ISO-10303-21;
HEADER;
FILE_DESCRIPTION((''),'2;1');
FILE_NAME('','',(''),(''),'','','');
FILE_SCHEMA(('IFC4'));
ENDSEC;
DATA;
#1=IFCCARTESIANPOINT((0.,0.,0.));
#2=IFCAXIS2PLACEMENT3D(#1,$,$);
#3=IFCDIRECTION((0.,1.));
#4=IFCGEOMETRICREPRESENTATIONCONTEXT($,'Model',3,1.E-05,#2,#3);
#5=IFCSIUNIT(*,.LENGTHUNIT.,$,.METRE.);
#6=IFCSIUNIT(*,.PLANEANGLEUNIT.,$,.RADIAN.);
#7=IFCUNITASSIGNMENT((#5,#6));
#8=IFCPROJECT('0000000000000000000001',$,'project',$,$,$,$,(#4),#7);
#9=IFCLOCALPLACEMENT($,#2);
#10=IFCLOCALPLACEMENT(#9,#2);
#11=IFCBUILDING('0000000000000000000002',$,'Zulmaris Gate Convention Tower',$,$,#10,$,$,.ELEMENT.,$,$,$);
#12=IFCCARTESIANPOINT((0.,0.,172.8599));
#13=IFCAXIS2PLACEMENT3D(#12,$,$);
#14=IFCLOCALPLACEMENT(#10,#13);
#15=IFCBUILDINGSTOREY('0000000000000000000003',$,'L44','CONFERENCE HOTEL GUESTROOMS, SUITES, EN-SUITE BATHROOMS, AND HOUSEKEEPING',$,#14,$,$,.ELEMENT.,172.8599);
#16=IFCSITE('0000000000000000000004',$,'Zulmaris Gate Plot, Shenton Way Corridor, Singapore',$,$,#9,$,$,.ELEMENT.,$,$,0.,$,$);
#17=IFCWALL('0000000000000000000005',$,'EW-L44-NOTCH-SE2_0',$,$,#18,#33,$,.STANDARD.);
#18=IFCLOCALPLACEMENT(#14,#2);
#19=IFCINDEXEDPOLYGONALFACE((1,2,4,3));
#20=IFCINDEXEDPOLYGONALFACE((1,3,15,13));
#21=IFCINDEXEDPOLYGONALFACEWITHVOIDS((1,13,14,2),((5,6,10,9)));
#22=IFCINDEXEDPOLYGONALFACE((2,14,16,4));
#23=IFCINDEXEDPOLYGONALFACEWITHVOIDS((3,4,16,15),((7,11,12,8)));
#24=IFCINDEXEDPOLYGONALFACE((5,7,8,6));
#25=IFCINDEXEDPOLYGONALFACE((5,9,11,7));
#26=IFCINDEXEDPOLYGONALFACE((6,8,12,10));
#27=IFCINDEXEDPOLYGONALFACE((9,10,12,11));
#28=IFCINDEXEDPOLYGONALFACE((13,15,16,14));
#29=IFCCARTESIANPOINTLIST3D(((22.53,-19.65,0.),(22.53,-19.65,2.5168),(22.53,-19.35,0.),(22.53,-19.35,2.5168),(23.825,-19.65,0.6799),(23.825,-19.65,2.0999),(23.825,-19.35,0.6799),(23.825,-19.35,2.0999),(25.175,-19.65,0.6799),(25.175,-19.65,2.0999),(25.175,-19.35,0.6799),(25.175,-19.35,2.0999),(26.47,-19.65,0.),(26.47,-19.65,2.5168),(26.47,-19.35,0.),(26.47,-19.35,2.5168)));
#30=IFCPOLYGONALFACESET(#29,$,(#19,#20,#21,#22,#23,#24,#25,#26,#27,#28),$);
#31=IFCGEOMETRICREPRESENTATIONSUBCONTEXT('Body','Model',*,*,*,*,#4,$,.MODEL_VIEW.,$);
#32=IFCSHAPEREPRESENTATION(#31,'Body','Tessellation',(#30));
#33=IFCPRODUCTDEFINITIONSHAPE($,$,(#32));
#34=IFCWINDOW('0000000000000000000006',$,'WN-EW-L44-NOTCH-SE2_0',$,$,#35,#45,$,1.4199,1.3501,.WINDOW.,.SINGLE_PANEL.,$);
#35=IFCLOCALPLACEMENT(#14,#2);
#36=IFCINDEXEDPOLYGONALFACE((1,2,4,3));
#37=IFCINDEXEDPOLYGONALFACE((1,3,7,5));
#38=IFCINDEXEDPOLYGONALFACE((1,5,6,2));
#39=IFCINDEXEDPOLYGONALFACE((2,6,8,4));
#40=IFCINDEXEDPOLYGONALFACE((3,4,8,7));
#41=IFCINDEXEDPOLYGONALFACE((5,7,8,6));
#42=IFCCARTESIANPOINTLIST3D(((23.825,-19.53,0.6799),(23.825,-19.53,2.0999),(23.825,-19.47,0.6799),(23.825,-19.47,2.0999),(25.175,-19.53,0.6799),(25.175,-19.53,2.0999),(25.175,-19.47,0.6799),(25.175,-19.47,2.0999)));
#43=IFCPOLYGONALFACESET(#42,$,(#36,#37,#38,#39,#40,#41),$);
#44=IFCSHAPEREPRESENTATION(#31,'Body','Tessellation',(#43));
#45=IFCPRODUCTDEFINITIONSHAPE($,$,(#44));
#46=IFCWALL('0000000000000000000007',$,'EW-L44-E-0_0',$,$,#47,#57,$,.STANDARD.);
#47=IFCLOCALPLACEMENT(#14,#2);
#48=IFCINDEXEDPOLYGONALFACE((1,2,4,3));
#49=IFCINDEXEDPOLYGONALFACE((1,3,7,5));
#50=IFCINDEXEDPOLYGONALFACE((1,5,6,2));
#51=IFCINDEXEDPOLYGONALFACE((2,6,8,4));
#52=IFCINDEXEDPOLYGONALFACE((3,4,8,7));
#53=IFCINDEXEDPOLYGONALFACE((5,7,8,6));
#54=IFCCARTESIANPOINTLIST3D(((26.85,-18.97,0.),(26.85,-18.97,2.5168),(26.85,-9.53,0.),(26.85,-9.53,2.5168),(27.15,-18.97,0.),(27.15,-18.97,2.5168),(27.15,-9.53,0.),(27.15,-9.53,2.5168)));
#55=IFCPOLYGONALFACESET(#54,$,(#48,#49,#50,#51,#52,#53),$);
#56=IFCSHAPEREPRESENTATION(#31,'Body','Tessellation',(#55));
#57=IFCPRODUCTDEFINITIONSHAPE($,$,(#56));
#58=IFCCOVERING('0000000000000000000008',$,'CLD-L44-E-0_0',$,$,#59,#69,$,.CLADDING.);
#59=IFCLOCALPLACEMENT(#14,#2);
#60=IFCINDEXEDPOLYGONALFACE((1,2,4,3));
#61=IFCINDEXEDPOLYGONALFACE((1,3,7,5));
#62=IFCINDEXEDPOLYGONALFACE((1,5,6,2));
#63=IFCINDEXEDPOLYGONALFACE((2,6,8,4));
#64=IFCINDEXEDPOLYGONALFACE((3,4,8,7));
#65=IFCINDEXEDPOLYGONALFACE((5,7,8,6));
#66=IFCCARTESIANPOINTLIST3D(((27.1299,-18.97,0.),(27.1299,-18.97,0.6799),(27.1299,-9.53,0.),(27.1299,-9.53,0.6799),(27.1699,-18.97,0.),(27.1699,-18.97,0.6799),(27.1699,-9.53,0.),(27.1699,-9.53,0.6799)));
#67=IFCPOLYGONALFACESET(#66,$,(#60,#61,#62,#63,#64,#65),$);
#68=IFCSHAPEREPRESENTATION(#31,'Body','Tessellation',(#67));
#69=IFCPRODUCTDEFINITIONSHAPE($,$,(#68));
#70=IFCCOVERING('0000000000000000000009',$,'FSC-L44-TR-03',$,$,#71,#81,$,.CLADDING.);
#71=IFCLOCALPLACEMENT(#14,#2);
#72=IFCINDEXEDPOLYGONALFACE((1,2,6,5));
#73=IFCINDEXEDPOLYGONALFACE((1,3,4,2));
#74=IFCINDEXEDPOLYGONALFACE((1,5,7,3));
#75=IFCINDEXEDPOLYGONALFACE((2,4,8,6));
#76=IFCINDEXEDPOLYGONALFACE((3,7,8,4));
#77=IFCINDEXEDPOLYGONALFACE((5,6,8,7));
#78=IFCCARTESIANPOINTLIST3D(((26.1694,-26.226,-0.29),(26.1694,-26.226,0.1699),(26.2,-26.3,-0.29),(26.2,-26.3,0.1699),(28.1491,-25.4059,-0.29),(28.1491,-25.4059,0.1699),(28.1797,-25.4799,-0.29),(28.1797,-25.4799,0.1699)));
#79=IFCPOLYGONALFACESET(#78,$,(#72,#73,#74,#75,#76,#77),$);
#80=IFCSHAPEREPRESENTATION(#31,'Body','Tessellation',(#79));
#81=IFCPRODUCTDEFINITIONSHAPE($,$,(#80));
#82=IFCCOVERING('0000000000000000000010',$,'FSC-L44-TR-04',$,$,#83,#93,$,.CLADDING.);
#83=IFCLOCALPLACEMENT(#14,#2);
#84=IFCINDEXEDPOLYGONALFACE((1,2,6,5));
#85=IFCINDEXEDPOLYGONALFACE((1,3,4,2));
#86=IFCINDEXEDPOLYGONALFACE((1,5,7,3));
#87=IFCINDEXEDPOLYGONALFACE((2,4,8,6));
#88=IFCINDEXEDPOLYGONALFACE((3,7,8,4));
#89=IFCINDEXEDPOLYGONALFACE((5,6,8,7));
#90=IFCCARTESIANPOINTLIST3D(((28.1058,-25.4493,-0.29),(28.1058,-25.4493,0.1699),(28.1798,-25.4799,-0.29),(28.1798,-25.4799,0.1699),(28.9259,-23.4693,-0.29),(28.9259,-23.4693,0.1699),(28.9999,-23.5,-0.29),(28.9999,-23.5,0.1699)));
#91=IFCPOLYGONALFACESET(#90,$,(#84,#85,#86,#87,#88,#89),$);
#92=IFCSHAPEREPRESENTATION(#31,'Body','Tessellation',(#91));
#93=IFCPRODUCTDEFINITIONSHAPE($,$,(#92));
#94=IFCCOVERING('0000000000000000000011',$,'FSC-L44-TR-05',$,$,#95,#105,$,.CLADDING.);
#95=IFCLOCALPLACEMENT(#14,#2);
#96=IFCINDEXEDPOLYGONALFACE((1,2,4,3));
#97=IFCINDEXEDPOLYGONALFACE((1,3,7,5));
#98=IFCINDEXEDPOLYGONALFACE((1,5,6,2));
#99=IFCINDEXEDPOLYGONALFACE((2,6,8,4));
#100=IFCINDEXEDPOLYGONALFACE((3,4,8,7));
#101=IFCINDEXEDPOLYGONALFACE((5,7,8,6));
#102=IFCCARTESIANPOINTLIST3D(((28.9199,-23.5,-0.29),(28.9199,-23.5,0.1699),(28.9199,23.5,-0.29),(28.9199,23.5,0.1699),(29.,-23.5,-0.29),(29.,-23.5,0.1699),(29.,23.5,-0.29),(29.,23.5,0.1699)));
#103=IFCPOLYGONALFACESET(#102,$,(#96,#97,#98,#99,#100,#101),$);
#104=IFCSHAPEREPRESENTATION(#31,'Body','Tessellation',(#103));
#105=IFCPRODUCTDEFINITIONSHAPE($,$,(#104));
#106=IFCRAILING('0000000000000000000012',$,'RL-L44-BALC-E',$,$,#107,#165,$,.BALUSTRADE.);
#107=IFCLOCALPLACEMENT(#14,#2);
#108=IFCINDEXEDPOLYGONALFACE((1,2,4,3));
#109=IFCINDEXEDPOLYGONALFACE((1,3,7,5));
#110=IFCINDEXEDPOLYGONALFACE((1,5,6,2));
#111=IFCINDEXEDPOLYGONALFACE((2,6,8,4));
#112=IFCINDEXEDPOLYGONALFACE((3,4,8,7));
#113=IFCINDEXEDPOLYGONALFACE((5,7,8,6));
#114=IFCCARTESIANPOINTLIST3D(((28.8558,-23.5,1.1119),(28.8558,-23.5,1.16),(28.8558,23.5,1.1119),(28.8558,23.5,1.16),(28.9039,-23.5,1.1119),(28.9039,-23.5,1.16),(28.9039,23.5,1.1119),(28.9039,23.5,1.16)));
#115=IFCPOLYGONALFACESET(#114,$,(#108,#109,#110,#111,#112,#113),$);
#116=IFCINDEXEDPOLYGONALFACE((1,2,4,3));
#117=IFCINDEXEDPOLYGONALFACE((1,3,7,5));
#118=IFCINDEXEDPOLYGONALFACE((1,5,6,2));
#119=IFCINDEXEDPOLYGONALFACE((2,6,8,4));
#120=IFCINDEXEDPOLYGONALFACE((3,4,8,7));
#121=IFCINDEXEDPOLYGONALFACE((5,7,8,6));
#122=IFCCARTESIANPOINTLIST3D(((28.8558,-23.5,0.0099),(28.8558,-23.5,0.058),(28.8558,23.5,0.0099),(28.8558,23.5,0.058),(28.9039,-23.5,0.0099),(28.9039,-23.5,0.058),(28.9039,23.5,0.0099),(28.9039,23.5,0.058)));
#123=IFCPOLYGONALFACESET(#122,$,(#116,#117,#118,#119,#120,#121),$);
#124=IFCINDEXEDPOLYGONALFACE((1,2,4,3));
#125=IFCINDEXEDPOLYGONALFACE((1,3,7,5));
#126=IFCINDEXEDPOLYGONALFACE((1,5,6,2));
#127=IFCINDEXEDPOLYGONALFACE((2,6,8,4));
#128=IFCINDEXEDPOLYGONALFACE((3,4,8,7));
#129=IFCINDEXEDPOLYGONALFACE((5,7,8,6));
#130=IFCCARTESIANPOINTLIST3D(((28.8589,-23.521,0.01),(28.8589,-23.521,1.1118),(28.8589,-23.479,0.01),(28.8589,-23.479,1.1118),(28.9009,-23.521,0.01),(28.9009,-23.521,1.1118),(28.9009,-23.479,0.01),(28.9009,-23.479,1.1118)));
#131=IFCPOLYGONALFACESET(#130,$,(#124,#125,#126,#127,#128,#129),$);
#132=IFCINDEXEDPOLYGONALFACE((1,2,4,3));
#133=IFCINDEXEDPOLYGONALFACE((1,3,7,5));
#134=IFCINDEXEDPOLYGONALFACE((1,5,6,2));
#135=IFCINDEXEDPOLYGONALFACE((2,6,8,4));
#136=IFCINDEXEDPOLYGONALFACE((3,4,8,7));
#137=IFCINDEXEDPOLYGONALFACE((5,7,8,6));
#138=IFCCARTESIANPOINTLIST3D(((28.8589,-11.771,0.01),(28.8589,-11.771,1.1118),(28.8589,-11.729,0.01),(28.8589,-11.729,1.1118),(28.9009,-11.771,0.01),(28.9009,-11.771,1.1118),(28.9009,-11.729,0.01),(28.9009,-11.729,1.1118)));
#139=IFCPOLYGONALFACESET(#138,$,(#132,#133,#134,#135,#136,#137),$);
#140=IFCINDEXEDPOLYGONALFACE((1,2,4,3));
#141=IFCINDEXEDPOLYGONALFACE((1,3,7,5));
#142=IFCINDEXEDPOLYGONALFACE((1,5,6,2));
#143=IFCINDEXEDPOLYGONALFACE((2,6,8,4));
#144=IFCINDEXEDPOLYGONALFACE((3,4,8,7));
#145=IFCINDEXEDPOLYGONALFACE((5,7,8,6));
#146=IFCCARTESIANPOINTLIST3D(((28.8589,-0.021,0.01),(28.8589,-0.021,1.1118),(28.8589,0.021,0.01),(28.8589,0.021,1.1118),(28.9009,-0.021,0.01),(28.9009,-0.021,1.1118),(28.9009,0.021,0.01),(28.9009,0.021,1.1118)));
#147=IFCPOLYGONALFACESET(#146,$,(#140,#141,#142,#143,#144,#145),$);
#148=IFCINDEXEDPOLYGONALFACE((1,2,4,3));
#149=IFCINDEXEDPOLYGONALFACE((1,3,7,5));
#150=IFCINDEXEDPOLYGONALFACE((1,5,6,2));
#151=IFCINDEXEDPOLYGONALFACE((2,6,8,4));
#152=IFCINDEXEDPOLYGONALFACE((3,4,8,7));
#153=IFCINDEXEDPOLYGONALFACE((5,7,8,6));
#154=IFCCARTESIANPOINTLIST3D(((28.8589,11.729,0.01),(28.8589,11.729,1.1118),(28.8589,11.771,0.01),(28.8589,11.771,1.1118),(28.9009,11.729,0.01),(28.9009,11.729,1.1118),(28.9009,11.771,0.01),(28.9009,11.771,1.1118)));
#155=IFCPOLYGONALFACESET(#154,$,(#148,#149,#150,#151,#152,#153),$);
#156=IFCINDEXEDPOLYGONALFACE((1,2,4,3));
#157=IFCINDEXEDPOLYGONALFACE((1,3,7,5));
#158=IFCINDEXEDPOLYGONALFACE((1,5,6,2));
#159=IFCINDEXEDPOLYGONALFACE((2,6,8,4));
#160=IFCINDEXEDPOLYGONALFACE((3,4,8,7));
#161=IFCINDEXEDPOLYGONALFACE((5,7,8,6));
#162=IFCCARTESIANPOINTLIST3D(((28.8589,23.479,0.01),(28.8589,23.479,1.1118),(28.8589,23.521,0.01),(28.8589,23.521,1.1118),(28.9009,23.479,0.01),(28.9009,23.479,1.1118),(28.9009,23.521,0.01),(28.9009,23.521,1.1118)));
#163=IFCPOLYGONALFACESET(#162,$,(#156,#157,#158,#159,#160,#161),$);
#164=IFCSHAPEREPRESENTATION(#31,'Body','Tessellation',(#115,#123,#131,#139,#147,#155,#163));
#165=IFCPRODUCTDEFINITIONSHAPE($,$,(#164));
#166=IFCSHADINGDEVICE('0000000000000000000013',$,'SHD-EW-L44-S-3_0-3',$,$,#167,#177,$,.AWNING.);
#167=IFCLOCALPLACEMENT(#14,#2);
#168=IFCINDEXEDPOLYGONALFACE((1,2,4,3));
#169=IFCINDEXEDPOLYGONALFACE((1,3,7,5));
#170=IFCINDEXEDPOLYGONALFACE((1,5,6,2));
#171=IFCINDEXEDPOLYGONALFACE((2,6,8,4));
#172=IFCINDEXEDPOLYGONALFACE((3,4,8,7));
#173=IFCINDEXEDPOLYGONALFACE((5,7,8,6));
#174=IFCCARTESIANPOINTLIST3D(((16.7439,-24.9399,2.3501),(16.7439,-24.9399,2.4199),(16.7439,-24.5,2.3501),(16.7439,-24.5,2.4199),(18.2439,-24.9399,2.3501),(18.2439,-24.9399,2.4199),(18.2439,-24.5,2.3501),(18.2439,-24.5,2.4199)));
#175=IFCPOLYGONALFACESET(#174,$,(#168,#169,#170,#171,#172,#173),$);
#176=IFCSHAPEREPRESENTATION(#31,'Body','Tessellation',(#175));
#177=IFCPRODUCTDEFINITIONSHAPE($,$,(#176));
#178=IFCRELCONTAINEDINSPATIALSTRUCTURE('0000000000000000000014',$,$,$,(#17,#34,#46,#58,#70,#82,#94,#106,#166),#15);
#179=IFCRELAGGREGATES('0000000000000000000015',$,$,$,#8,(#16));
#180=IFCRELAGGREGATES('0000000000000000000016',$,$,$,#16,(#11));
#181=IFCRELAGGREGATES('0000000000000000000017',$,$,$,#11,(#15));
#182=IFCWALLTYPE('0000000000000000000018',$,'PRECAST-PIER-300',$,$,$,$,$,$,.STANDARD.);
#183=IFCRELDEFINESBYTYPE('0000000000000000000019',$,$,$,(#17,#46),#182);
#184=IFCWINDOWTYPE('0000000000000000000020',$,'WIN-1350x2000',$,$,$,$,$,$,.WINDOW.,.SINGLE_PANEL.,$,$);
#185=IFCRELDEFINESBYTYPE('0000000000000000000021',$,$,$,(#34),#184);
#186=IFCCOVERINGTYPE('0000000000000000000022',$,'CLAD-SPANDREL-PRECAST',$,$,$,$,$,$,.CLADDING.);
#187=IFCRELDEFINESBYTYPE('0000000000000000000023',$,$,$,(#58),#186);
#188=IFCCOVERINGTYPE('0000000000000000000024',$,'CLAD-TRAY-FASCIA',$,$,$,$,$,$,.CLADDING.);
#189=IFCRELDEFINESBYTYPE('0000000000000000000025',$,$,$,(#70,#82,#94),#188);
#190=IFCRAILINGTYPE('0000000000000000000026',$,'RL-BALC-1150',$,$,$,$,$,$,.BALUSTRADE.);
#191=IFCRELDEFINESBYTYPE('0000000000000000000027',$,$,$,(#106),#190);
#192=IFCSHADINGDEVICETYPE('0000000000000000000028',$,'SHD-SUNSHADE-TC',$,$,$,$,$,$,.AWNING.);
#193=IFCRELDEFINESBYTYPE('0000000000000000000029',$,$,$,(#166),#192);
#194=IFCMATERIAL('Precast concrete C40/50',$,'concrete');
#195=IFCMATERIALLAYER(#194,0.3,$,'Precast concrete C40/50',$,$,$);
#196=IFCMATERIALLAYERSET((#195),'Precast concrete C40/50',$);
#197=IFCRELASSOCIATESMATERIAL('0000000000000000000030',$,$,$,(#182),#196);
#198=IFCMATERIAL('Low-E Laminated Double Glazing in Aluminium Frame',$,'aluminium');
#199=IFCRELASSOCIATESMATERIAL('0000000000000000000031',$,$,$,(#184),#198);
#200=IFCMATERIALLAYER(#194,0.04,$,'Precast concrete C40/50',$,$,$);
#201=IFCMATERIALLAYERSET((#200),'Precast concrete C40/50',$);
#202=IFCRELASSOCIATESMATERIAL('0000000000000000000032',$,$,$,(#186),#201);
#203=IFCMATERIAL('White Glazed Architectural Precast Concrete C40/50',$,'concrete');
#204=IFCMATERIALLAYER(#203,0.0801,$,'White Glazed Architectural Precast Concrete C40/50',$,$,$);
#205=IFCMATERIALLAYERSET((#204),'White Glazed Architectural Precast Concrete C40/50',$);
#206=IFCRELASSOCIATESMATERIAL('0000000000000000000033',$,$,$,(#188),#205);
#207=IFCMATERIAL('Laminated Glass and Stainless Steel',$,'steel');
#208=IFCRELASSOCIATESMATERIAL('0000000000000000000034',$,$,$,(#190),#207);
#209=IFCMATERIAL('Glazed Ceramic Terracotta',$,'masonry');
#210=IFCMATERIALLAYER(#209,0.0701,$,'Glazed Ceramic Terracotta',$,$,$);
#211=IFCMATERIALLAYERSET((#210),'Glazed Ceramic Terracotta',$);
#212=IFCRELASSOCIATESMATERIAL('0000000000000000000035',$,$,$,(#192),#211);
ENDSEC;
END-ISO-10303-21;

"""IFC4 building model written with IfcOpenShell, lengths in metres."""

from ifc_helpers import new_model, si_unit, direction, frame, frame_2d, origin, origin_2d, place, context, subcontext, project, spatial, rectangle, extrude, material, layer, layer_set, type_object, element, fill, save


model = new_model("IFC4")

# Units and contexts
model_context = context("Model", 3, precision=1e-05, world=origin(), true_north=direction((0.0, 1.0)))
body_context = subcontext(model_context, "Body", "Model", "MODEL_VIEW")
ifc_project = project(units=[si_unit("LENGTHUNIT", "METRE"), si_unit("PLANEANGLEUNIT", "RADIAN")], contexts=[model_context])

# Site, building, storey
site_placement = place(None, origin())
site = spatial("IfcSite", under=ifc_project, at=site_placement, Name="Zulmaris Gate Plot, Shenton Way Corridor, Singapore", CompositionType="ELEMENT", RefElevation=0.0)
building_placement = place(site_placement, origin())
building = spatial("IfcBuilding", under=site, at=building_placement, Name="Zulmaris Gate Convention Tower", CompositionType="ELEMENT")
storey_placement = place(building_placement, frame((0.0, 0.0, 172.8599)))
storey = spatial("IfcBuildingStorey", under=building, at=storey_placement, Name="L44", Description="CONFERENCE HOTEL GUESTROOMS, SUITES, EN-SUITE BATHROOMS, AND HOUSEKEEPING", CompositionType="ELEMENT", Elevation=172.8599)

# Wall, opening, window
ifc_material_1 = material(Name="Precast concrete C40/50", Category="concrete")
ifc_layer_1 = layer(ifc_material_1, 0.3, Name="Precast concrete C40/50")
ifc_layer_set_1 = layer_set([ifc_layer_1], Name="Precast concrete C40/50")
wall_type_1 = type_object("IfcWallType", Name="PRECAST-PIER-300", PredefinedType="STANDARD", material=ifc_layer_set_1)
ifc_material_2 = material(Name="Low-E Laminated Double Glazing in Aluminium Frame", Category="aluminium")
window_type = type_object("IfcWindowType", Name="WIN-1350x2000", PartitioningType="SINGLE_PANEL", PredefinedType="WINDOW", material=ifc_material_2)
wall_1_placement = place(storey_placement, frame((22.53, -19.5, 0.0), z_axis=(0.0, 0.0, 1.0), x_axis=(1.0, 0.0, 0.0)))
wall_1 = element("IfcWall", 1, at=wall_1_placement, inside=storey, type_object=wall_type_1, Name="EW-L44-NOTCH-SE2_0", PredefinedType="STANDARD", context=body_context, shape_type="SweptSolid", body=[
    extrude(rectangle(XDim=3.9399, YDim=0.3, at=frame_2d((1.97, 0.0))), origin(), (0.0, 0.0, 1.0), 2.5168),
])
opening_1_placement = place(wall_1_placement, frame((1.2949, 0.0, 0.6799)))
opening_1 = element("IfcOpeningElement", 2, at=opening_1_placement, cuts=wall_1, PredefinedType="OPENING", context=body_context, shape_type="SweptSolid", body=[
    extrude(rectangle(XDim=1.3501, YDim=1.4199, at=frame_2d((0.675, 0.71))), frame((0.0, 0.1602, 0.0), z_axis=(0.0, -1.0, 0.0), x_axis=(1.0, 0.0, 0.0)), (0.0, 0.0, 1.0), 0.3201),
])
window_1_placement = place(opening_1_placement, origin())
window_1 = element("IfcWindow", 3, at=window_1_placement, inside=storey, type_object=window_type, Name="WN-EW-L44-NOTCH-SE2_0", OverallHeight=1.4199, OverallWidth=1.3501, PartitioningType="SINGLE_PANEL", PredefinedType="WINDOW", context=body_context, shape_type="SweptSolid", body=[
    extrude(rectangle(XDim=1.3501, YDim=1.4199, at=frame_2d((0.675, 0.71))), frame((0.0, 0.03, 0.0), z_axis=(0.0, -1.0, 0.0), x_axis=(1.0, 0.0, 0.0)), (0.0, 0.0, 1.0), 0.0601),
])
fill(opening_1, window_1)

# Wall
wall_2_placement = place(storey_placement, frame((27.0, -18.97, 0.0), z_axis=(0.0, 0.0, 1.0), x_axis=(0.0, 1.0, 0.0)))
element("IfcWall", 4, at=wall_2_placement, inside=storey, type_object=wall_type_1, Name="EW-L44-E-0_0", PredefinedType="STANDARD", context=body_context, shape_type="SweptSolid", body=[
    extrude(rectangle(XDim=9.4399, YDim=0.3, at=frame_2d((4.72, 0.0))), origin(), (0.0, 0.0, 1.0), 2.5168),
])

# Coverings
ifc_layer_2 = layer(ifc_material_1, 0.04, Name="Precast concrete C40/50")
ifc_layer_set_2 = layer_set([ifc_layer_2], Name="Precast concrete C40/50")
covering_type_1 = type_object("IfcCoveringType", Name="CLAD-SPANDREL-PRECAST", PredefinedType="CLADDING", material=ifc_layer_set_2)
covering_1_placement = place(storey_placement, frame((27.1499, -18.97, 0.0), z_axis=(0.0, 0.0, 1.0), x_axis=(0.0, 1.0, 0.0)))
element("IfcCovering", 5, at=covering_1_placement, inside=storey, type_object=covering_type_1, Name="CLD-L44-E-0_0", PredefinedType="CLADDING", context=body_context, shape_type="SweptSolid", body=[
    extrude(rectangle(XDim=9.4399, YDim=0.04, at=frame_2d((4.72, 0.0))), origin(), (0.0, 0.0, 1.0), 0.6799),
])
ifc_material_3 = material(Name="White Glazed Architectural Precast Concrete C40/50", Category="concrete")
ifc_layer_3 = layer(ifc_material_3, 0.0801, Name="White Glazed Architectural Precast Concrete C40/50")
ifc_layer_set_3 = layer_set([ifc_layer_3], Name="White Glazed Architectural Precast Concrete C40/50")
covering_type_2 = type_object("IfcCoveringType", Name="CLAD-TRAY-FASCIA", PredefinedType="CLADDING", material=ifc_layer_set_3)
covering_2_placement = place(storey_placement, frame((26.1848, -26.2629, -0.29), z_axis=(0.0, 0.0, 1.0), x_axis=(0.923874, 0.382697, 0.0)))
element("IfcCovering", 6, at=covering_2_placement, inside=storey, type_object=covering_type_2, Name="FSC-L44-TR-03", PredefinedType="CLADDING", context=body_context, shape_type="SweptSolid", body=[
    extrude(rectangle(XDim=2.1428, YDim=0.0801, at=frame_2d((1.0713, 0.0))), origin(), (0.0, 0.0, 1.0), 0.46),
])
covering_3_placement = place(storey_placement, frame((28.1428, -25.4646, -0.29), z_axis=(0.0, 0.0, 1.0), x_axis=(0.382657, 0.92389, 0.0)))
element("IfcCovering", 7, at=covering_3_placement, inside=storey, type_object=covering_type_2, Name="FSC-L44-TR-04", PredefinedType="CLADDING", context=body_context, shape_type="SweptSolid", body=[
    extrude(rectangle(XDim=2.1431, YDim=0.0801, at=frame_2d((1.0715, 0.0))), origin(), (0.0, 0.0, 1.0), 0.46),
])
covering_4_placement = place(storey_placement, frame((28.96, -23.5, -0.29), z_axis=(0.0, 0.0, 1.0), x_axis=(0.0, 1.0, 0.0)))
element("IfcCovering", 8, at=covering_4_placement, inside=storey, type_object=covering_type_2, Name="FSC-L44-TR-05", PredefinedType="CLADDING", context=body_context, shape_type="SweptSolid", body=[
    extrude(rectangle(XDim=47.0, YDim=0.0801, at=frame_2d((23.5, 0.0))), origin(), (0.0, 0.0, 1.0), 0.46),
])

# Railing
ifc_material_4 = material(Name="Laminated Glass and Stainless Steel", Category="steel")
railing_type = type_object("IfcRailingType", Name="RL-BALC-1150", PredefinedType="BALUSTRADE", material=ifc_material_4)
railing_placement = place(storey_placement, frame((28.8799, -23.5, 0.01)))
element("IfcRailing", 9, at=railing_placement, inside=storey, type_object=railing_type, Name="RL-L44-BALC-E", PredefinedType="BALUSTRADE", context=body_context, shape_type="SweptSolid", body=[
    extrude(rectangle(XDim=0.0481, YDim=0.0481, at=origin_2d()), frame((0.0, 0.0, 1.126), z_axis=(0.0, 1.0, 0.0), x_axis=(-1.0, 0.0, 0.0)), (0.0, 0.0, 1.0), 47.0),
    extrude(rectangle(XDim=0.0481, YDim=0.0481, at=origin_2d()), frame((0.0, 0.0, 0.0239), z_axis=(0.0, 1.0, 0.0), x_axis=(-1.0, 0.0, 0.0)), (0.0, 0.0, 1.0), 47.0),
    extrude(rectangle(XDim=0.042, YDim=0.042, at=origin_2d()), origin(), (0.0, 0.0, 1.0), 1.1018),
    extrude(rectangle(XDim=0.042, YDim=0.042, at=origin_2d()), frame((0.0, 11.75, 0.0)), (0.0, 0.0, 1.0), 1.1018),
    extrude(rectangle(XDim=0.042, YDim=0.042, at=origin_2d()), frame((0.0, 23.5, 0.0)), (0.0, 0.0, 1.0), 1.1018),
    extrude(rectangle(XDim=0.042, YDim=0.042, at=origin_2d()), frame((0.0, 35.25, 0.0)), (0.0, 0.0, 1.0), 1.1018),
    extrude(rectangle(XDim=0.042, YDim=0.042, at=origin_2d()), frame((0.0, 47.0, 0.0)), (0.0, 0.0, 1.0), 1.1018),
])

# Shading device
ifc_material_5 = material(Name="Glazed Ceramic Terracotta", Category="masonry")
ifc_layer_4 = layer(ifc_material_5, 0.0701, Name="Glazed Ceramic Terracotta")
ifc_layer_set_4 = layer_set([ifc_layer_4], Name="Glazed Ceramic Terracotta")
shading_device_type = type_object("IfcShadingDeviceType", Name="SHD-SUNSHADE-TC", PredefinedType="AWNING", material=ifc_layer_set_4)
shading_device_placement = place(storey_placement, frame((16.7439, -24.72, 2.3501), z_axis=(0.0, 0.0, 1.0), x_axis=(1.0, 0.0, 0.0)))
element("IfcShadingDevice", 10, at=shading_device_placement, inside=storey, type_object=shading_device_type, Name="SHD-EW-L44-S-3_0-3", PredefinedType="AWNING", context=body_context, shape_type="SweptSolid", body=[
    extrude(rectangle(XDim=1.5, YDim=0.4399, at=frame_2d((0.75, 0.0))), origin(), (0.0, 0.0, 1.0), 0.0698),
])

save(model, "model.ifc")
